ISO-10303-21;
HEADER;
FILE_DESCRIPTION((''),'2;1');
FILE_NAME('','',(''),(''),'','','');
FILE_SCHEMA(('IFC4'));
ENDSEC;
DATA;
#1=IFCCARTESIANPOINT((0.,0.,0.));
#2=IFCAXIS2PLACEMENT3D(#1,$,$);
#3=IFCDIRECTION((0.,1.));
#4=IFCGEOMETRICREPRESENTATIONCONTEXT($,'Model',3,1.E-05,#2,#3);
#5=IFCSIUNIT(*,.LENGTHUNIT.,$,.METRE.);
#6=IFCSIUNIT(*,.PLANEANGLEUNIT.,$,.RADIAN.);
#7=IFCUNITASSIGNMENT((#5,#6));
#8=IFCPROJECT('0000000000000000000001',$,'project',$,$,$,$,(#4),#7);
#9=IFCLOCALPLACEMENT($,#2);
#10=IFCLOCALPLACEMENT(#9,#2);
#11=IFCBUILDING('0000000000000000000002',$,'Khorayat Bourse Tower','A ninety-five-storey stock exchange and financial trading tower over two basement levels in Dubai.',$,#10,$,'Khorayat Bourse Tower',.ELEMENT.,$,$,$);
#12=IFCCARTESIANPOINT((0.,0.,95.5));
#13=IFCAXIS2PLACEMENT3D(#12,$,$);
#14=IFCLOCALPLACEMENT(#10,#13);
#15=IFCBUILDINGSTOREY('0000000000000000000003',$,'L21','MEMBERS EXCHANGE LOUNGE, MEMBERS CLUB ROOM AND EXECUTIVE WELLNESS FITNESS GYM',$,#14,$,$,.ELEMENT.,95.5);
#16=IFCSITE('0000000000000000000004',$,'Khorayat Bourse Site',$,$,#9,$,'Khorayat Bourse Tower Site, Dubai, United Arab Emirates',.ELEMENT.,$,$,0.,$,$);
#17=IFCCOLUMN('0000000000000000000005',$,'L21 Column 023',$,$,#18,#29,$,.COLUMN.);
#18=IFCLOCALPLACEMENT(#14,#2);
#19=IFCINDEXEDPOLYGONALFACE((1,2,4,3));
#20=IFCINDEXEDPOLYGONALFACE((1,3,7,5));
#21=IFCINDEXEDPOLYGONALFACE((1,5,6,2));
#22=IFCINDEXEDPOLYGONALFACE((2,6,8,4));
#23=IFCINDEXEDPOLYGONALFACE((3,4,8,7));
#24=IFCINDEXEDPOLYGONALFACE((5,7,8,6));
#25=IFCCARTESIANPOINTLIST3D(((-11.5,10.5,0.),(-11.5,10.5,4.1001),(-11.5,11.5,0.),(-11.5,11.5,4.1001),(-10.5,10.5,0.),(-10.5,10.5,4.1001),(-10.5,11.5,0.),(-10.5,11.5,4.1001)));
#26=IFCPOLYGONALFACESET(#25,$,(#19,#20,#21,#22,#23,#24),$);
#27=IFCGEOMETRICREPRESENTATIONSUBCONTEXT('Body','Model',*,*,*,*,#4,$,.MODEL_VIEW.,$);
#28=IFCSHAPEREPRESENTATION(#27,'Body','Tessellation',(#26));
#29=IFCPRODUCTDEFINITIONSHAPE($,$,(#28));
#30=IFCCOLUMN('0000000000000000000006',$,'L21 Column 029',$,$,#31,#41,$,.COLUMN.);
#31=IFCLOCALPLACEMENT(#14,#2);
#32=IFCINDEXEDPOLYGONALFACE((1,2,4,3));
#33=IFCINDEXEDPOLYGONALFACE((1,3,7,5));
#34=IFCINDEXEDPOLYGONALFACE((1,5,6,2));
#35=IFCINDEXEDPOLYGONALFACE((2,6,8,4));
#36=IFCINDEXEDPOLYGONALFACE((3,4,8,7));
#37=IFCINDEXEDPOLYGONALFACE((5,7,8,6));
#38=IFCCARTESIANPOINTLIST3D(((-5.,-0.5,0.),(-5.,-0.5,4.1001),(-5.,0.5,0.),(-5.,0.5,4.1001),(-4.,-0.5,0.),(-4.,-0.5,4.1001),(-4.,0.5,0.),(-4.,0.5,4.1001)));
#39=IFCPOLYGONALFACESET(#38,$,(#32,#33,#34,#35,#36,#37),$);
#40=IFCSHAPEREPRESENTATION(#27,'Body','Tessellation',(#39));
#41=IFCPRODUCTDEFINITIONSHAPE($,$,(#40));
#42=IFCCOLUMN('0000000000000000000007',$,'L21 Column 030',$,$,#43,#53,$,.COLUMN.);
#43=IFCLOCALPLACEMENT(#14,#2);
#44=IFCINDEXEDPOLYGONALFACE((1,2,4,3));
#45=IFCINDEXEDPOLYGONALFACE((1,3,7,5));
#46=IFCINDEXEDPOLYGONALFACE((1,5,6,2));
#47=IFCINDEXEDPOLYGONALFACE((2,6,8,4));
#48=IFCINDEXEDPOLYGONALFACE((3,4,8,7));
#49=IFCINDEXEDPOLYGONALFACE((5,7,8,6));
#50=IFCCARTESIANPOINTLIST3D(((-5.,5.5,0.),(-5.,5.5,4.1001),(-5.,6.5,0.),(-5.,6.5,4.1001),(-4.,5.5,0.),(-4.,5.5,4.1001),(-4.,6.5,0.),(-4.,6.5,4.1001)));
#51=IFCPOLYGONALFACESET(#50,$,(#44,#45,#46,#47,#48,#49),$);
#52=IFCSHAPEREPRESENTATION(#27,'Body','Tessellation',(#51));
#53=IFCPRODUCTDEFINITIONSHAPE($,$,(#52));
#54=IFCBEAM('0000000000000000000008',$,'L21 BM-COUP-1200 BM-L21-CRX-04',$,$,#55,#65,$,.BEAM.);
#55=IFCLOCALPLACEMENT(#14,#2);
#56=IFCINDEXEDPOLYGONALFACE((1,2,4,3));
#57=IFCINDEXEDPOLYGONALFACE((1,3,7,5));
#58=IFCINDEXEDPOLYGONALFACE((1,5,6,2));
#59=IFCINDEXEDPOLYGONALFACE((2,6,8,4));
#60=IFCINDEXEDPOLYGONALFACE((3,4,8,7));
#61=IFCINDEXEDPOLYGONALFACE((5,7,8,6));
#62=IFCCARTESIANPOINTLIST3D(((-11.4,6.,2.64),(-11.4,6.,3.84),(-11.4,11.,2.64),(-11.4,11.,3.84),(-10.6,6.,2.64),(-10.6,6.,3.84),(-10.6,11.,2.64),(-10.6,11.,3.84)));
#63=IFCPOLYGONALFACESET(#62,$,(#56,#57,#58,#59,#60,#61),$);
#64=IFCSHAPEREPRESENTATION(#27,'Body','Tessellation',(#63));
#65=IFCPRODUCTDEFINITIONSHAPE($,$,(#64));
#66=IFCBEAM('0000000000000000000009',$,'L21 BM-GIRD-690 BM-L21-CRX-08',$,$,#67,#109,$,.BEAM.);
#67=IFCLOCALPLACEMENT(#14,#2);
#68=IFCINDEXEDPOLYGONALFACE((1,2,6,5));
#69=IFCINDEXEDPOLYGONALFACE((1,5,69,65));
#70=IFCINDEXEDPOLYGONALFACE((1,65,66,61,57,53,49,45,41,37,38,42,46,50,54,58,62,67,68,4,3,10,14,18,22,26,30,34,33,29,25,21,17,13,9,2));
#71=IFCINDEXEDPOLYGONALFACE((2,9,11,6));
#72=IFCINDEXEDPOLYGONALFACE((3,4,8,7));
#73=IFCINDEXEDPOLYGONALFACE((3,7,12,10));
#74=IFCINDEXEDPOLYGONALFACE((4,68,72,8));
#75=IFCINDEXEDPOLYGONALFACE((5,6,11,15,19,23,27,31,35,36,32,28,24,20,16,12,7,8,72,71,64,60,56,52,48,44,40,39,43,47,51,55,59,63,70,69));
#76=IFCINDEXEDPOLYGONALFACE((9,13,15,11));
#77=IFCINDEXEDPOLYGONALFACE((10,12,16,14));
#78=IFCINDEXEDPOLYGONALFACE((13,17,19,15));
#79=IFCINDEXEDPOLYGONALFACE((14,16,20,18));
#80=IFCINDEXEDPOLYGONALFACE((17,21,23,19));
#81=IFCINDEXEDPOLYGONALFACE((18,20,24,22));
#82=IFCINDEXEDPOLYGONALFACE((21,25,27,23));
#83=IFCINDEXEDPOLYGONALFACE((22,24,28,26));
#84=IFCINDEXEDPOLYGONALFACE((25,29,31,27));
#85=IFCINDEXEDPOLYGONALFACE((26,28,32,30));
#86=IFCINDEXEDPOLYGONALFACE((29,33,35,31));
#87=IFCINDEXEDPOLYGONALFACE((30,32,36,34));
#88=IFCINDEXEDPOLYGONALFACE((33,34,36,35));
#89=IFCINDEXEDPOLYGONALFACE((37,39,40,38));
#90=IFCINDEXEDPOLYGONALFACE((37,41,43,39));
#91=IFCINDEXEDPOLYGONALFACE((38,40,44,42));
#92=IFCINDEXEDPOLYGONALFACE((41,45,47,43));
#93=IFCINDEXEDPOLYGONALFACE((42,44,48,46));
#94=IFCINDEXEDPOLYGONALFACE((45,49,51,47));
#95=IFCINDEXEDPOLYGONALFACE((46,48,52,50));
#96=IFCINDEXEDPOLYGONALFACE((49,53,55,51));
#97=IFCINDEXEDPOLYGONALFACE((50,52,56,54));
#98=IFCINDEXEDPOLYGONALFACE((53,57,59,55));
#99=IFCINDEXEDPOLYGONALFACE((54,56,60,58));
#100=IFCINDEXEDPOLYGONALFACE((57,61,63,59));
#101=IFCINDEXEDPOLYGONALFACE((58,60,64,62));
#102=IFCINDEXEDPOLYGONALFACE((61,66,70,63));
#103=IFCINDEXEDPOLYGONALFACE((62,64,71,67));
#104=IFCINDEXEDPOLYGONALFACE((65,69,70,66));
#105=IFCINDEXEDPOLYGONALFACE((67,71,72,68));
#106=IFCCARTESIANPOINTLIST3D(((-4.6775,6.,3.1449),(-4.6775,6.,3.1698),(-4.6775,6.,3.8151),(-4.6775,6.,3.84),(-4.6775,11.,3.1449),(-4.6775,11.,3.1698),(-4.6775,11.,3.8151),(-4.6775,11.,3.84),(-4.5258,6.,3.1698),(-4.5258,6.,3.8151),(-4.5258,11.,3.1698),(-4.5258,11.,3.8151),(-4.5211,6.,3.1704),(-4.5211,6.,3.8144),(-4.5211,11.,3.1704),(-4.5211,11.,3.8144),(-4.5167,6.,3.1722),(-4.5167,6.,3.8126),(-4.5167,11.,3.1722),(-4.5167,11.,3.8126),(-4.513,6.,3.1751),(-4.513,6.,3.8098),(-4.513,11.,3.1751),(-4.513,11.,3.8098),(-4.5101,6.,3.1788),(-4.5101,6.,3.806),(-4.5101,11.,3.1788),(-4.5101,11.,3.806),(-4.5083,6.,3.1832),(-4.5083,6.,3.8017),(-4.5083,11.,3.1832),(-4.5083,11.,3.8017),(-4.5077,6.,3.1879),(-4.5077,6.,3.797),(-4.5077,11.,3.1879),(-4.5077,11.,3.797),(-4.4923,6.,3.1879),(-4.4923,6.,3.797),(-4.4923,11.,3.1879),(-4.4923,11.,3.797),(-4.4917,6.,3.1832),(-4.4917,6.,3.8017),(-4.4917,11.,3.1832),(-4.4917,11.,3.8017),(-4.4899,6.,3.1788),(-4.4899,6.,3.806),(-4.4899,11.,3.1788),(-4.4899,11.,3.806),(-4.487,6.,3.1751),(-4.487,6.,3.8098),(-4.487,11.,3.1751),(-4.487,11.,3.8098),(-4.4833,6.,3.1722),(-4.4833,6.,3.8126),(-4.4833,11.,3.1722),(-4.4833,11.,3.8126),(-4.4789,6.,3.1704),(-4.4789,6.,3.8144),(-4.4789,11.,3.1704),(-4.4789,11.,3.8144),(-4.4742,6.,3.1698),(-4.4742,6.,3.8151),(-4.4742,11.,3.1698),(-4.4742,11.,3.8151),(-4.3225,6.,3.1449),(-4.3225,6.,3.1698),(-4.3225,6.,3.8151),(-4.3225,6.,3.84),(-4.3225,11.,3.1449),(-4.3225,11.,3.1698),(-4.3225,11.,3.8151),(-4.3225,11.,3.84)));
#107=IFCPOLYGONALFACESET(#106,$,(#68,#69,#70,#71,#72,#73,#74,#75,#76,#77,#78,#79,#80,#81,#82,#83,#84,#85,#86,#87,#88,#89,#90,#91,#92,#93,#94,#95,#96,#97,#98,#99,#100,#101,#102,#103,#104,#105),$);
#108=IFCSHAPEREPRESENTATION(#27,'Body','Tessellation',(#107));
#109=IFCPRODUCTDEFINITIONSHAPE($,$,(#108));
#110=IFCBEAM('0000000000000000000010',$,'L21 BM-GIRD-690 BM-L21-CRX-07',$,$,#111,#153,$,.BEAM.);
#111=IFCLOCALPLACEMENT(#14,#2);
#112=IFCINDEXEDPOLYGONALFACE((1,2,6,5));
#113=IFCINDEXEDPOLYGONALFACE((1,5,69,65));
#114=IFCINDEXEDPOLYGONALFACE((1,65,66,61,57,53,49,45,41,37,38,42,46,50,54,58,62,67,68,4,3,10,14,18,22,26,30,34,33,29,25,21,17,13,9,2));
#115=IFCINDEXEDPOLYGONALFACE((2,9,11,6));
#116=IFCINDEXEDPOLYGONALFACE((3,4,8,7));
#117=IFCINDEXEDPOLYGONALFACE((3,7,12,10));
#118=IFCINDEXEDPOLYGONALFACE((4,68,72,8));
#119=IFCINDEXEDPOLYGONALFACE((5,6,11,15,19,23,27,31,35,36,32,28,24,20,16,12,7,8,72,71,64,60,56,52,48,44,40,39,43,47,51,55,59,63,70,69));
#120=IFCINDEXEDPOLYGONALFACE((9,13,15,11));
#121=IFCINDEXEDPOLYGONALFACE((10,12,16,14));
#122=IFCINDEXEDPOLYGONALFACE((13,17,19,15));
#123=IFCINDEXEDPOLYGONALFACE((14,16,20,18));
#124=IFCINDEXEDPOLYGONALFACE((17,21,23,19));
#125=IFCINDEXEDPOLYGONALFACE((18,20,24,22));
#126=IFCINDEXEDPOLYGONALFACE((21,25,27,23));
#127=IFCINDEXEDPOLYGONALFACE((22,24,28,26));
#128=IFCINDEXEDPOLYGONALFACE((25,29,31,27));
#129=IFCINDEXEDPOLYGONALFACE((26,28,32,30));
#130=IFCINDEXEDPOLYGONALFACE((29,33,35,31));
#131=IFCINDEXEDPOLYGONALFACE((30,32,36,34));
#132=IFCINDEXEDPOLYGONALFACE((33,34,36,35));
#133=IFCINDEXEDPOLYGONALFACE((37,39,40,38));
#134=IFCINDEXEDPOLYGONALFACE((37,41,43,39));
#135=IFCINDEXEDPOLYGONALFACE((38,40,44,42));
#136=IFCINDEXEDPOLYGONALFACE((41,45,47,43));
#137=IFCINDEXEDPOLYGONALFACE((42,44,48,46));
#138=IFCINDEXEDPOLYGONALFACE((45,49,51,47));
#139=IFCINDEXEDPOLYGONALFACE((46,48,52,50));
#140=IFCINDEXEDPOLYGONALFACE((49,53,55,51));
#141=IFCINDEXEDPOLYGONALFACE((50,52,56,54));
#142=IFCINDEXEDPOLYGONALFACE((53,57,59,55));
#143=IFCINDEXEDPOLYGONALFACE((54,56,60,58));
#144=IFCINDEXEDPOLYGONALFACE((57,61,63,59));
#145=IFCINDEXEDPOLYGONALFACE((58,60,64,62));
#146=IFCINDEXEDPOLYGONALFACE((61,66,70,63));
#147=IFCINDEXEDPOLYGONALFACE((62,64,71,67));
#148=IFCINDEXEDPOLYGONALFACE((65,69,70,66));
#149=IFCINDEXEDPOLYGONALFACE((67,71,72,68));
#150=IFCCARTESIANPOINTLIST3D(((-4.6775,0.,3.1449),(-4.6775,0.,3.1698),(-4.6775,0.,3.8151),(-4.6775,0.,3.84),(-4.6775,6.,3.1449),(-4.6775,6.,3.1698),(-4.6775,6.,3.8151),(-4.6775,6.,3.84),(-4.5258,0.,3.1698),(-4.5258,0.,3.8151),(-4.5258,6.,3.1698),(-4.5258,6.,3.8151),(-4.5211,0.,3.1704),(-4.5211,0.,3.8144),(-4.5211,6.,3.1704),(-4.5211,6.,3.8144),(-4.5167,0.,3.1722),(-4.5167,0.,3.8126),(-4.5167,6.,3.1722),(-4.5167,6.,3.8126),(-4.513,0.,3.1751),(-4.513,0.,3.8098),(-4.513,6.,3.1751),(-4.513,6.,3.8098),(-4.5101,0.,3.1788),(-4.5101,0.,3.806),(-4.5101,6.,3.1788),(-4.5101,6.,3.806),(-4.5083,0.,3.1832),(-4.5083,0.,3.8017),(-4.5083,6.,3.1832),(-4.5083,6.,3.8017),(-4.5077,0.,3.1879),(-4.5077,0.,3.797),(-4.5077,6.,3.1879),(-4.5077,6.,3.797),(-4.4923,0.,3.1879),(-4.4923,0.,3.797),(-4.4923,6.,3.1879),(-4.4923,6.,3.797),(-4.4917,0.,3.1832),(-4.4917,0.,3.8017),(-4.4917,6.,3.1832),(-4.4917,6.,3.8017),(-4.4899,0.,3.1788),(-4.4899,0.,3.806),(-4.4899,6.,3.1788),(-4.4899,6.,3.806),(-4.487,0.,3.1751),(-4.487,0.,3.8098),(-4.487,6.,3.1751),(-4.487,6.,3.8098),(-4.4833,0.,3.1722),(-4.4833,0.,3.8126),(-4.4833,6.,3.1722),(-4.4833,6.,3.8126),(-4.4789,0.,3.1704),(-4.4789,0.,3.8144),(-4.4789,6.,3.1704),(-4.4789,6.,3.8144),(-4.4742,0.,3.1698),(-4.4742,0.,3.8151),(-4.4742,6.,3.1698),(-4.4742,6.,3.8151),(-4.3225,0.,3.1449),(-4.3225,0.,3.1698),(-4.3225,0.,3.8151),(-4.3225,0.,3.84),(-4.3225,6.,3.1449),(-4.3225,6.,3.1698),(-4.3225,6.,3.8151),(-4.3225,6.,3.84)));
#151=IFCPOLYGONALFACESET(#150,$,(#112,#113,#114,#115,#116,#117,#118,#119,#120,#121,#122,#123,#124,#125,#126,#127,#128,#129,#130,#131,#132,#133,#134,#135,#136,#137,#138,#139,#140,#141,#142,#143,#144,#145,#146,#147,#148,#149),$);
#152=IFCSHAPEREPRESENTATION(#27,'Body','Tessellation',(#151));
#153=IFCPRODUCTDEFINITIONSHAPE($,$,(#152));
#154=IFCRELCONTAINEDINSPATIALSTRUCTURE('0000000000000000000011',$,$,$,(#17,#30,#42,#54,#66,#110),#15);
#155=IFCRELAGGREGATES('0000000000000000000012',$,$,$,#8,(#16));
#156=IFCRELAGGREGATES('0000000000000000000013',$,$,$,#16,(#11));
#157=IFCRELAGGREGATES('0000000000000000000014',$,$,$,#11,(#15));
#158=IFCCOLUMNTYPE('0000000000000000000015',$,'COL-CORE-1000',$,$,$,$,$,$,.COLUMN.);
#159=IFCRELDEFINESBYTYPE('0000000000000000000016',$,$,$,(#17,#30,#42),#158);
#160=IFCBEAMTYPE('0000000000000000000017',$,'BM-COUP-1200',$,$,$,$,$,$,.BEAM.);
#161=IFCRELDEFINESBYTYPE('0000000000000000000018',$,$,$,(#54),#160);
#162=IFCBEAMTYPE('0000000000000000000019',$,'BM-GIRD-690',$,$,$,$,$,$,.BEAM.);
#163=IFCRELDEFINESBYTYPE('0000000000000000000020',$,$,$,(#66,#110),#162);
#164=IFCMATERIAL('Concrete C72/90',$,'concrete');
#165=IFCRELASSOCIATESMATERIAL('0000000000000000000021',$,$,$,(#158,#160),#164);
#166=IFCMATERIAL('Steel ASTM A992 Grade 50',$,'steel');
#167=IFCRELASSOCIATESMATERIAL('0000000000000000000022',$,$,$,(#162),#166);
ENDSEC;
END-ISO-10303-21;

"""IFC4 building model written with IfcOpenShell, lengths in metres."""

from ifc_helpers import new_model, si_unit, direction, frame, origin, origin_2d, place, context, subcontext, project, spatial, rectangle, i_section, extrude, source, transform, mapped, material, material_profile, profile_set, type_object, element, save


model = new_model("IFC4")

# Units and contexts
model_context = context("Model", 3, precision=1e-05, world=origin(), true_north=direction((0.0, 1.0)))
body_context = subcontext(model_context, "Body", "Model", "MODEL_VIEW")
ifc_project = project(units=[si_unit("LENGTHUNIT", "METRE"), si_unit("PLANEANGLEUNIT", "RADIAN")], contexts=[model_context])

# Site, building, storey
site_placement = place(None, origin())
site = spatial("IfcSite", under=ifc_project, at=site_placement, Name="Khorayat Bourse Site", LongName="Khorayat Bourse Tower Site, Dubai, United Arab Emirates", CompositionType="ELEMENT", RefElevation=0.0)
building_placement = place(site_placement, origin())
building = spatial("IfcBuilding", under=site, at=building_placement, Name="Khorayat Bourse Tower", Description="A ninety-five-storey stock exchange and financial trading tower over two basement levels in Dubai.", LongName="Khorayat Bourse Tower", CompositionType="ELEMENT")
storey_placement = place(building_placement, frame((0.0, 0.0, 95.5)))
storey = spatial("IfcBuildingStorey", under=building, at=storey_placement, Name="L21", Description="MEMBERS EXCHANGE LOUNGE, MEMBERS CLUB ROOM AND EXECUTIVE WELLNESS FITNESS GYM", CompositionType="ELEMENT", Elevation=95.5)

# Columns
ifc_material_1 = material(Name="Concrete C72/90", Category="concrete")
ifc_material_profile_1 = material_profile(ifc_material_1, rectangle(XDim=1.0, YDim=1.0, at=origin_2d()), Name="RC 1000x1000")
ifc_profile_set_1 = profile_set([ifc_material_profile_1], Name="Concrete C72/90")
column_type = type_object("IfcColumnType", Name="COL-CORE-1000", PredefinedType="COLUMN", material=ifc_profile_set_1)
shared_shape_1 = source(origin(), body_context, "Body", "SweptSolid", [
    extrude(rectangle(XDim=1.0, YDim=1.0, at=origin_2d()), origin(), (0.0, 0.0, 1.0), 4.1001),
])
for number, where, z_axis, x_axis, name in (
    (1, (-11.0, 11.0, 0.0), (0.0, 0.0, 1.0), (1.0, 0.0, 0.0), "L21 Column 023"),
    (2, (-4.5, 0.0, 0.0), (0.0, 0.0, 1.0), (1.0, 0.0, 0.0), "L21 Column 029"),
    (3, (-4.5, 6.0, 0.0), (0.0, 0.0, 1.0), (1.0, 0.0, 0.0), "L21 Column 030"),
):
    element("IfcColumn", number, at=place(storey_placement, frame(where, z_axis=z_axis, x_axis=x_axis)), inside=storey, type_object=column_type, Name=name, PredefinedType="COLUMN", context=body_context, shape_type="MappedRepresentation", body=[
        mapped(shared_shape_1, transform((0.0, 0.0, 0.0), scale=1.0)),
    ])

# Beams
ifc_material_profile_2 = material_profile(ifc_material_1, rectangle(XDim=0.8, YDim=1.2, at=origin_2d()), Name="RC 800x1200")
ifc_profile_set_2 = profile_set([ifc_material_profile_2], Name="Concrete C72/90")
beam_type_1 = type_object("IfcBeamType", Name="BM-COUP-1200", PredefinedType="BEAM", material=ifc_profile_set_2)
shared_shape_2 = source(origin(), body_context, "Body", "SweptSolid", [
    extrude(rectangle(XDim=0.8, YDim=1.2, at=origin_2d()), origin(), (0.0, 0.0, 1.0), 5.0),
])
beam_1_placement = place(storey_placement, frame((-11.0, 6.0, 3.24), z_axis=(0.0, 1.0, 0.0), x_axis=(-1.0, 0.0, 0.0)))
element("IfcBeam", 4, at=beam_1_placement, inside=storey, type_object=beam_type_1, Name="L21 BM-COUP-1200 BM-L21-CRX-04", PredefinedType="BEAM", context=body_context, shape_type="MappedRepresentation", body=[
    mapped(shared_shape_2, transform((0.0, 0.0, 0.0), scale=1.0)),
])
ifc_material_2 = material(Name="Steel ASTM A992 Grade 50", Category="steel")
ifc_material_profile_3 = material_profile(ifc_material_2, i_section(OverallWidth=0.355, OverallDepth=0.6951, WebThickness=0.0154, FlangeThickness=0.0249, FilletRadius=0.0181, at=origin_2d()), Name="W690X217")
ifc_profile_set_3 = profile_set([ifc_material_profile_3], Name="Steel ASTM A992 Grade 50")
beam_type_2 = type_object("IfcBeamType", Name="BM-GIRD-690", PredefinedType="BEAM", material=ifc_profile_set_3)
shared_shape_3 = source(origin(), body_context, "Body", "SweptSolid", [
    extrude(i_section(OverallWidth=0.355, OverallDepth=0.6951, WebThickness=0.0154, FlangeThickness=0.0249, FilletRadius=0.0181, at=origin_2d()), origin(), (0.0, 0.0, 1.0), 5.0),
])
beam_2_placement = place(storey_placement, frame((-4.5, 6.0, 3.4924), z_axis=(0.0, 1.0, 0.0), x_axis=(-1.0, 0.0, 0.0)))
element("IfcBeam", 5, at=beam_2_placement, inside=storey, type_object=beam_type_2, Name="L21 BM-GIRD-690 BM-L21-CRX-08", PredefinedType="BEAM", context=body_context, shape_type="MappedRepresentation", body=[
    mapped(shared_shape_3, transform((0.0, 0.0, 0.0), scale=1.0)),
])
shared_shape_4 = source(origin(), body_context, "Body", "SweptSolid", [
    extrude(i_section(OverallWidth=0.355, OverallDepth=0.6951, WebThickness=0.0154, FlangeThickness=0.0249, FilletRadius=0.0181, at=origin_2d()), origin(), (0.0, 0.0, 1.0), 6.0),
])
beam_3_placement = place(storey_placement, frame((-4.5, 0.0, 3.4924), z_axis=(0.0, 1.0, 0.0), x_axis=(-1.0, 0.0, 0.0)))
element("IfcBeam", 6, at=beam_3_placement, inside=storey, type_object=beam_type_2, Name="L21 BM-GIRD-690 BM-L21-CRX-07", PredefinedType="BEAM", context=body_context, shape_type="MappedRepresentation", body=[
    mapped(shared_shape_4, transform((0.0, 0.0, 0.0), scale=1.0)),
])

save(model, "model.ifc")
